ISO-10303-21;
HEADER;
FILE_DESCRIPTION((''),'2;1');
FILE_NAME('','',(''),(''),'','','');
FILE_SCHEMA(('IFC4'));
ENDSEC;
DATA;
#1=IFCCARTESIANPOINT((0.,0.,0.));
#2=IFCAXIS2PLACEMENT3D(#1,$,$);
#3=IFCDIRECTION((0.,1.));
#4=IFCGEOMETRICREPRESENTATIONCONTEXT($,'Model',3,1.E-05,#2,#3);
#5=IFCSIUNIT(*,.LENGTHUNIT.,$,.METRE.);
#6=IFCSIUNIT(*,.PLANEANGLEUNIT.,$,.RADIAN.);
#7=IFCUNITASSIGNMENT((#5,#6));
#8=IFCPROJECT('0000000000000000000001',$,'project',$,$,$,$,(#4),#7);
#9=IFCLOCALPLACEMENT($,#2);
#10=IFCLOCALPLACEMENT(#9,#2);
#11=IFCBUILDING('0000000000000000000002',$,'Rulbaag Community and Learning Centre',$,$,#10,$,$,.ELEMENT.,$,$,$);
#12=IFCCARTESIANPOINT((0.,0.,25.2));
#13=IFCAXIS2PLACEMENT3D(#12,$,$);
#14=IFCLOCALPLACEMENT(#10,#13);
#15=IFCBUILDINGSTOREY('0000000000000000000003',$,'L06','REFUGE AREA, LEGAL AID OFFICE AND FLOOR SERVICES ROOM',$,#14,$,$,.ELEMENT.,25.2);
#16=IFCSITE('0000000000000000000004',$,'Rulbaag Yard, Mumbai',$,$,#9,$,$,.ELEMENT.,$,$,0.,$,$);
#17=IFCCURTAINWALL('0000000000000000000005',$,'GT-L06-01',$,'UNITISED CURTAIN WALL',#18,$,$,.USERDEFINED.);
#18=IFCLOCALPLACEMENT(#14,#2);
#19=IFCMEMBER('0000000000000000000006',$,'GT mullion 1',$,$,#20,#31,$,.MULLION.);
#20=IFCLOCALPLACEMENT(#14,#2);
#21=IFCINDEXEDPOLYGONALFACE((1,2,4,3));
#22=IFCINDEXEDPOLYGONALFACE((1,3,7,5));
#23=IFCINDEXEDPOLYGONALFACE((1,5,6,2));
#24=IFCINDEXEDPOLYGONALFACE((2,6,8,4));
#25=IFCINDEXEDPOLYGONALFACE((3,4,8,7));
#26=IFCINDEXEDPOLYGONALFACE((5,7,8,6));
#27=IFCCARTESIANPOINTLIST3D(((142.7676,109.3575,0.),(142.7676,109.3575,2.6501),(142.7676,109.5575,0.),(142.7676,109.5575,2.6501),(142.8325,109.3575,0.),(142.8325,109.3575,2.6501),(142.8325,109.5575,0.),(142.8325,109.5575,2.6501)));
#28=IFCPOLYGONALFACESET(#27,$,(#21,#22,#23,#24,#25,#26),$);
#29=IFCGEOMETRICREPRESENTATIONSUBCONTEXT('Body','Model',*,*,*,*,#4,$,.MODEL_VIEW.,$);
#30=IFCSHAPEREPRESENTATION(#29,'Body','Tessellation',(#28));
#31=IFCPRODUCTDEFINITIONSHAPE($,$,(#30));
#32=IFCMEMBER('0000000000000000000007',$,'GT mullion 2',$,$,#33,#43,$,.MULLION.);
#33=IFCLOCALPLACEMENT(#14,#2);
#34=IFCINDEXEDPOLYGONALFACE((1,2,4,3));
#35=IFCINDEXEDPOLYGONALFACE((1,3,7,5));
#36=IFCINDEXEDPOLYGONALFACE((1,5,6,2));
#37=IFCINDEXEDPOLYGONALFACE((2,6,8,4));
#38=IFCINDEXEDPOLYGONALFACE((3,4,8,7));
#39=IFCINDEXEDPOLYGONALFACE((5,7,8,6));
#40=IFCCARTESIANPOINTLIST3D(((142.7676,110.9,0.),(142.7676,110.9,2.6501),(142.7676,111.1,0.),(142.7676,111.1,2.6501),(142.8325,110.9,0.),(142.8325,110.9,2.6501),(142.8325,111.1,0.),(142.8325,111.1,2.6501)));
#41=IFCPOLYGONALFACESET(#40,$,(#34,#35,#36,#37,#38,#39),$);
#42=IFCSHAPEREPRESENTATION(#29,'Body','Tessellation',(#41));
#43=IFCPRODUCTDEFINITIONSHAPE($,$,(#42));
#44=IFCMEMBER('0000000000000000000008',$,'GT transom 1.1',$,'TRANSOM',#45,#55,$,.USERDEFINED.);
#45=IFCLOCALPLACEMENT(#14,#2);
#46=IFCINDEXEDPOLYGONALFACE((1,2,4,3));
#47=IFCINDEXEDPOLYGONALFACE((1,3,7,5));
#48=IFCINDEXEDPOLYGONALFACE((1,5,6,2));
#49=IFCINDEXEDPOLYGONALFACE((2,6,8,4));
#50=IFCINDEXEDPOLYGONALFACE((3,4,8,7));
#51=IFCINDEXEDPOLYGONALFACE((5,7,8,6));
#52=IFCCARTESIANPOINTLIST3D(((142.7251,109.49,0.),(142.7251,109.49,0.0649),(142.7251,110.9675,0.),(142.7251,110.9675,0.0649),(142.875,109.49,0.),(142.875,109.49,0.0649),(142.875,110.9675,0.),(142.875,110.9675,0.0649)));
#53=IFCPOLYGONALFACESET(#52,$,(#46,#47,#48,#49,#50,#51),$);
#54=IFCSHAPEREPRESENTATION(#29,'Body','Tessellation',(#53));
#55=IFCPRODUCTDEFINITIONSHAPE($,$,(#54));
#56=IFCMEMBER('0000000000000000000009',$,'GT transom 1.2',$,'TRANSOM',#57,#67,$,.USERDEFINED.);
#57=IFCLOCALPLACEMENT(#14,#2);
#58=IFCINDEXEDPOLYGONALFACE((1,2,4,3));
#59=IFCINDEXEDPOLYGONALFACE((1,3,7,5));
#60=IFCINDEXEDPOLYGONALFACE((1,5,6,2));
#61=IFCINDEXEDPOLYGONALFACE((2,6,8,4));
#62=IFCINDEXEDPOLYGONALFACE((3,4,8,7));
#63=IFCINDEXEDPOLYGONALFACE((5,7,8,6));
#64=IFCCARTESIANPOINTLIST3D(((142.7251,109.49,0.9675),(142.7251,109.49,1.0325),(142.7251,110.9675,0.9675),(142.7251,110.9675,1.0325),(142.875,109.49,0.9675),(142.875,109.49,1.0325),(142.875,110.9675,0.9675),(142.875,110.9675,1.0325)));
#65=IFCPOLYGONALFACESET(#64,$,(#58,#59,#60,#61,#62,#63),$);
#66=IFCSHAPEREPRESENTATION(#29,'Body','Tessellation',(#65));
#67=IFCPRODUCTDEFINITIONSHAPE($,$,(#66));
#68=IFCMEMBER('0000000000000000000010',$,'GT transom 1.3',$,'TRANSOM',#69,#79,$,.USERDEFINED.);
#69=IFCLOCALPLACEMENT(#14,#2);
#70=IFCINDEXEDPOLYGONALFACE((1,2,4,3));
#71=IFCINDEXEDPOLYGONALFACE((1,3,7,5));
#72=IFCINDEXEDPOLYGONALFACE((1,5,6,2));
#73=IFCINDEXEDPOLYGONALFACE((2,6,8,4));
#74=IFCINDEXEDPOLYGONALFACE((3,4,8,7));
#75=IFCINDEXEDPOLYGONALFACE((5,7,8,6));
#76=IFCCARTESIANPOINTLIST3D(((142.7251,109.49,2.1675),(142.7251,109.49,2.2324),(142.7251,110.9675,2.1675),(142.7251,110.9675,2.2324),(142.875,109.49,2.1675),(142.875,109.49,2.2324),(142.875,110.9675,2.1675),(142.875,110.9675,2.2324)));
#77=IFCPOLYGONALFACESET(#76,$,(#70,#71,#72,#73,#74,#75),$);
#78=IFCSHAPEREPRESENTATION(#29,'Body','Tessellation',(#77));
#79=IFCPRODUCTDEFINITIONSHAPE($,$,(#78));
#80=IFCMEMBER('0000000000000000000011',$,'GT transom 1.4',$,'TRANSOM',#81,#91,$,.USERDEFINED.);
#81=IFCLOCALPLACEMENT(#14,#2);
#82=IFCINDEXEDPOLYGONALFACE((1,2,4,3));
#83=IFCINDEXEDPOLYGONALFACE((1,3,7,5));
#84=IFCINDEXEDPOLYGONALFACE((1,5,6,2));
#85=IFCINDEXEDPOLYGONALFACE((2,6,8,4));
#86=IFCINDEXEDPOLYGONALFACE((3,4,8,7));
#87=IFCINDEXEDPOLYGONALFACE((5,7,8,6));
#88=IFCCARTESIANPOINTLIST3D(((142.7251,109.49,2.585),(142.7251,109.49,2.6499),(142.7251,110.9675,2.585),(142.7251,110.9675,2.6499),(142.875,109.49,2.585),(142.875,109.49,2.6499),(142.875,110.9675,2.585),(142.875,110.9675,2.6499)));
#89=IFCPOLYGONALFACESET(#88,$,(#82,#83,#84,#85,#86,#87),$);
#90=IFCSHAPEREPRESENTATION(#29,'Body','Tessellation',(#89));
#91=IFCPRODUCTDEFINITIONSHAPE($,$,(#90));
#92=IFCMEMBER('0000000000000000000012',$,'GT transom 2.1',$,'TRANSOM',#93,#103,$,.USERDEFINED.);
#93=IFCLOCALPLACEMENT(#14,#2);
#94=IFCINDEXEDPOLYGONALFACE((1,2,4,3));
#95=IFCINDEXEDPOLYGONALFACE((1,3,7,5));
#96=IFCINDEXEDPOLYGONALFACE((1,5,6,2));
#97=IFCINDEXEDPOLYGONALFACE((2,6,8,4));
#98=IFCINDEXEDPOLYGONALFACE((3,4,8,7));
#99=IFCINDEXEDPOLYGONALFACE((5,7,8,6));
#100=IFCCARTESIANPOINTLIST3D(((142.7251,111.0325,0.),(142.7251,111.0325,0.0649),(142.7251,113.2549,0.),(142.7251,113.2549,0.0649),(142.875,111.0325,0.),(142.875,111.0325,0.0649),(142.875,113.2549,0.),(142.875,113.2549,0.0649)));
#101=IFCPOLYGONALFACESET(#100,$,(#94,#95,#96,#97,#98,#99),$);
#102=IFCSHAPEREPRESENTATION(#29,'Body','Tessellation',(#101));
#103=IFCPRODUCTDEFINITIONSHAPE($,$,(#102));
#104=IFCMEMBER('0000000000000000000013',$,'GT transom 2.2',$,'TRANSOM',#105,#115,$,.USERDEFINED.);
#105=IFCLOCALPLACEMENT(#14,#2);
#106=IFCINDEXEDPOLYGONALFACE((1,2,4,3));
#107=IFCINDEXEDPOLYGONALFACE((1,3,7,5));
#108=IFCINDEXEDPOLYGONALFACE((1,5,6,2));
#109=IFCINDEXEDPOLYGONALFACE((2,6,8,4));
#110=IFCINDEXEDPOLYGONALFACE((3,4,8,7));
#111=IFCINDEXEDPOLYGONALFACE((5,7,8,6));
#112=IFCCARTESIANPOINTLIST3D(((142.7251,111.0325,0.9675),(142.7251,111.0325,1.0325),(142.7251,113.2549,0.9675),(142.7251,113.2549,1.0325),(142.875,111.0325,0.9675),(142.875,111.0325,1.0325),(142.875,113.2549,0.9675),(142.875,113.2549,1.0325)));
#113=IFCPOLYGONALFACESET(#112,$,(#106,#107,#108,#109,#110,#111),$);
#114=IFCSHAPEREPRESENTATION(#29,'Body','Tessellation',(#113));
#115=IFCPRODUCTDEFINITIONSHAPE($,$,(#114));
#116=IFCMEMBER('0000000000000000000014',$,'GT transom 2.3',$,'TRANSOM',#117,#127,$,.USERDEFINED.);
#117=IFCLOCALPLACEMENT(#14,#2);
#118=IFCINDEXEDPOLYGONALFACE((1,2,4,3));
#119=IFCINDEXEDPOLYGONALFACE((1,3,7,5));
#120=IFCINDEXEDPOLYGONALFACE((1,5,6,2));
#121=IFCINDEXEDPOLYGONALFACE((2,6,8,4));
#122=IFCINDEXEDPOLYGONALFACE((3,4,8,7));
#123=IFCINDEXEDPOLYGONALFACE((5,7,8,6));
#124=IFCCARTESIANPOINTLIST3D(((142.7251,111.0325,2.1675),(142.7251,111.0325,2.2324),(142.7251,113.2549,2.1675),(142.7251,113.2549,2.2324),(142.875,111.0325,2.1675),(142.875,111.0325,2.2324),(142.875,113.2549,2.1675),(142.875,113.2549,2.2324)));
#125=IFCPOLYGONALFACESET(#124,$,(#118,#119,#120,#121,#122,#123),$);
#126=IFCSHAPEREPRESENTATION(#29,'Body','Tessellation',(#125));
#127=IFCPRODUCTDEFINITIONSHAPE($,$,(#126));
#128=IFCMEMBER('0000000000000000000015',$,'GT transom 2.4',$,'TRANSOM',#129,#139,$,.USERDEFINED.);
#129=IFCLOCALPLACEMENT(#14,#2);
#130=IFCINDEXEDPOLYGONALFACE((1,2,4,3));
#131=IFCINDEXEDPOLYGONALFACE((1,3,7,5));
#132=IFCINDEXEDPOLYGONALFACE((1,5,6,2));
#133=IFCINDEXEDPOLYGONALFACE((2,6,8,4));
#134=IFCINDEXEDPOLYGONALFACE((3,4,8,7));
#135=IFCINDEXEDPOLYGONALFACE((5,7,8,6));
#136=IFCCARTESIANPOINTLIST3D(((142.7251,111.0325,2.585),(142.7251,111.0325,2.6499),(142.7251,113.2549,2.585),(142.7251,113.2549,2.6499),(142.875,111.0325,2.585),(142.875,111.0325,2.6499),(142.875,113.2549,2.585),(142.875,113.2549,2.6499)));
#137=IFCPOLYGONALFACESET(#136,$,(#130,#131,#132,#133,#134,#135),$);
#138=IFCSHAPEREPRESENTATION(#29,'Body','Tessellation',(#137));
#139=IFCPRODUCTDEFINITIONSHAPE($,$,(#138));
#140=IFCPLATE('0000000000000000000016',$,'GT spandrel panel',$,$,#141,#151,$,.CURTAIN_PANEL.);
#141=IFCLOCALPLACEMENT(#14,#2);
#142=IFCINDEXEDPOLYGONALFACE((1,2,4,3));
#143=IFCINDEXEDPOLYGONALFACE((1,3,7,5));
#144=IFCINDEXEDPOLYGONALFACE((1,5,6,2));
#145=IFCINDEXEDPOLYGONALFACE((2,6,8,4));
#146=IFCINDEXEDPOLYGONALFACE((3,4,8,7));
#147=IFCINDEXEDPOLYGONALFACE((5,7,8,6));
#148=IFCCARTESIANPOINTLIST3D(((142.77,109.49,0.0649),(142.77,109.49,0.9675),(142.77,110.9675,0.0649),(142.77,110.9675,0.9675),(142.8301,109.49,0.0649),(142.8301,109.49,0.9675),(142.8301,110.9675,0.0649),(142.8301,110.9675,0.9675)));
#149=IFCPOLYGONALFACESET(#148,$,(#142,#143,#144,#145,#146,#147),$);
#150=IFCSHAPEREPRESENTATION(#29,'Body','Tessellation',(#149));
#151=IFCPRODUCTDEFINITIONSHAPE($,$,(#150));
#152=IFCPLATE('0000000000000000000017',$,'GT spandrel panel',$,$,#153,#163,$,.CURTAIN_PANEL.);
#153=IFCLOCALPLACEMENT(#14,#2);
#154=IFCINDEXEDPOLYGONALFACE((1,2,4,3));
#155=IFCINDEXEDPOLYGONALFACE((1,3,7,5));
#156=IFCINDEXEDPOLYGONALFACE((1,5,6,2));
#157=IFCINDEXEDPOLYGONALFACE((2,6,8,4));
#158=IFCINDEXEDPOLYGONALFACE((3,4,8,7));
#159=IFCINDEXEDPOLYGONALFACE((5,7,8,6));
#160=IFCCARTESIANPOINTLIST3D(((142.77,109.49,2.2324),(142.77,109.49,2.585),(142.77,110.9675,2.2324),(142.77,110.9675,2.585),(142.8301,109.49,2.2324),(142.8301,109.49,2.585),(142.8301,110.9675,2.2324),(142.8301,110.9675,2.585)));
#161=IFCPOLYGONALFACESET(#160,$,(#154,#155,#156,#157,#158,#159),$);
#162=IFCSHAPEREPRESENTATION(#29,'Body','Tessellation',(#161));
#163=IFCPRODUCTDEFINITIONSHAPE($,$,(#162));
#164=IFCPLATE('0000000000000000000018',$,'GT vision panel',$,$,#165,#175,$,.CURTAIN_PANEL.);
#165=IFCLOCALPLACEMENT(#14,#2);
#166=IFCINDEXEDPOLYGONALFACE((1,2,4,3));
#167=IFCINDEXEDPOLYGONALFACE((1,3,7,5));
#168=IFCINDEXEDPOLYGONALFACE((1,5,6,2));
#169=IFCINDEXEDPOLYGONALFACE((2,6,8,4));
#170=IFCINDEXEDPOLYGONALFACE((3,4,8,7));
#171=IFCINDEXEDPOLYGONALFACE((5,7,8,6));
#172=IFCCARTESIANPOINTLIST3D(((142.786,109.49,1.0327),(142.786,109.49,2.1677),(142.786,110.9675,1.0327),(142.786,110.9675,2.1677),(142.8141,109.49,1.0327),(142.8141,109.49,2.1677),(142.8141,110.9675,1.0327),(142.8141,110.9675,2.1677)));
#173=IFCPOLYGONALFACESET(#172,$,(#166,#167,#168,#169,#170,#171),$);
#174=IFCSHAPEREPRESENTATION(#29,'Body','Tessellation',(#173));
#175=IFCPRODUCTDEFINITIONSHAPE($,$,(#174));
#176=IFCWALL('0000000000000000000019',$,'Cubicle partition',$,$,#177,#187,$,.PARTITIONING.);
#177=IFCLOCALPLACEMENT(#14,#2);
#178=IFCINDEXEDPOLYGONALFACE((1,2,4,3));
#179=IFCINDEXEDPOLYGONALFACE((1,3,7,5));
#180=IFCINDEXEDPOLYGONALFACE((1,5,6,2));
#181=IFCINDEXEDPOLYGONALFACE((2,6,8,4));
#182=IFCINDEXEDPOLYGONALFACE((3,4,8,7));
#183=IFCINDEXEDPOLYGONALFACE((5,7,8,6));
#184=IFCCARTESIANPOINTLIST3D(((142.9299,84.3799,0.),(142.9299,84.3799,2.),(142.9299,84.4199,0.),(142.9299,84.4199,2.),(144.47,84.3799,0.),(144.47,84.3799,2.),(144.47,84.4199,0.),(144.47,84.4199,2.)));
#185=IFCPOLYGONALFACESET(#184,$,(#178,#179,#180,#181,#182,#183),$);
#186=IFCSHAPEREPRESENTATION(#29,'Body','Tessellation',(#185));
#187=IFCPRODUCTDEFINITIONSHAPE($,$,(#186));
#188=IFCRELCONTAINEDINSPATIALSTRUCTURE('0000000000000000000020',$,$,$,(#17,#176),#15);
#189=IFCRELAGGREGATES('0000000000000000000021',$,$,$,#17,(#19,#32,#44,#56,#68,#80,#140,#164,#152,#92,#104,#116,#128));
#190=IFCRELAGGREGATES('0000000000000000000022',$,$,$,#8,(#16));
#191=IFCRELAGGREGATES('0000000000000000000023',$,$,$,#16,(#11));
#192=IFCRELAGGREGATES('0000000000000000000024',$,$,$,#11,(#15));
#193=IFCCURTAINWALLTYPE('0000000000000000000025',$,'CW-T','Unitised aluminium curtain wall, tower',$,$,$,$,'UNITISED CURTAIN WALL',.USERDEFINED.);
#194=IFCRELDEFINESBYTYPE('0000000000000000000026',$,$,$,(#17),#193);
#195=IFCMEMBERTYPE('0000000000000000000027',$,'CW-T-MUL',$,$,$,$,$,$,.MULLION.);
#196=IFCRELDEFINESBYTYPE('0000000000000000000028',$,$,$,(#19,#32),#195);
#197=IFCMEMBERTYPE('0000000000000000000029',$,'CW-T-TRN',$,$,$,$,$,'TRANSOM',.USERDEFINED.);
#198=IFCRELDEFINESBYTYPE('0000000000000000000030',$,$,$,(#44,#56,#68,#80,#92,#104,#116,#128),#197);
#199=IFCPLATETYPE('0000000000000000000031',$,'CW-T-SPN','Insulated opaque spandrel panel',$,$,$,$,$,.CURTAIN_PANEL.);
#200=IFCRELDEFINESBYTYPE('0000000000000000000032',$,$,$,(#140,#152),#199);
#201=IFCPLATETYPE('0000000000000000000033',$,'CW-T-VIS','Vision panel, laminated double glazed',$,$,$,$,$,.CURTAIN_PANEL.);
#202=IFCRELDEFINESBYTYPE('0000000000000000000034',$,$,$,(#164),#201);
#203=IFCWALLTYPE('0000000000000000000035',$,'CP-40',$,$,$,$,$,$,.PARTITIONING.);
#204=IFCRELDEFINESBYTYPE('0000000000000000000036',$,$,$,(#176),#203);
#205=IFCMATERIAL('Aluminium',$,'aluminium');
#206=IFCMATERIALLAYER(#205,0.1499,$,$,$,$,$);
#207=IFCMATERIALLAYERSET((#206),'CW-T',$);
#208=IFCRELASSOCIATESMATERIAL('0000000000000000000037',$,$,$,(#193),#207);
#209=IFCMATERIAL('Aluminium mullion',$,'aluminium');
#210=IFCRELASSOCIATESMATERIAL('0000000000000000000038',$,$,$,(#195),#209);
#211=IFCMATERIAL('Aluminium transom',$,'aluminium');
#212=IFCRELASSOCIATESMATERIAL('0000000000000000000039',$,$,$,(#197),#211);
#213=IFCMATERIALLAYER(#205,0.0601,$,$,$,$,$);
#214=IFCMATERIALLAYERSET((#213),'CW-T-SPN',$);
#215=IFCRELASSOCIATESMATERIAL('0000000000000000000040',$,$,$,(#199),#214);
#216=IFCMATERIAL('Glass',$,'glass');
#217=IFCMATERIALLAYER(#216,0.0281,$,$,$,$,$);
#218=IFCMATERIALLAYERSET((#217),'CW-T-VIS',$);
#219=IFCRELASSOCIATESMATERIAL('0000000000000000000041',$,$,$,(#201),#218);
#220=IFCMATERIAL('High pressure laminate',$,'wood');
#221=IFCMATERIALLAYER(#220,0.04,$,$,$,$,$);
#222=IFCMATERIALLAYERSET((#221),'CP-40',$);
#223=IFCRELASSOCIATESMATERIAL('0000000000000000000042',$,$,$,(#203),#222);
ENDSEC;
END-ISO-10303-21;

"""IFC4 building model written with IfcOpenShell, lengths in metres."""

from ifc_helpers import new_model, si_unit, direction, frame, frame_2d, origin, origin_2d, place, context, subcontext, project, spatial, rectangle, extrude, material, layer, layer_set, material_profile, profile_set, type_object, element, aggregate, save


model = new_model("IFC4")

# Units and contexts
model_context = context("Model", 3, precision=1e-05, world=origin(), true_north=direction((0.0, 1.0)))
body_context = subcontext(model_context, "Body", "Model", "MODEL_VIEW")
ifc_project = project(units=[si_unit("LENGTHUNIT", "METRE"), si_unit("PLANEANGLEUNIT", "RADIAN")], contexts=[model_context])

# Site, building, storey
site_placement = place(None, origin())
site = spatial("IfcSite", under=ifc_project, at=site_placement, Name="Rulbaag Yard, Mumbai", CompositionType="ELEMENT", RefElevation=0.0)
building_placement = place(site_placement, origin())
building = spatial("IfcBuilding", under=site, at=building_placement, Name="Rulbaag Community and Learning Centre", CompositionType="ELEMENT")
storey_placement = place(building_placement, frame((0.0, 0.0, 25.2)))
storey = spatial("IfcBuildingStorey", under=building, at=storey_placement, Name="L06", Description="REFUGE AREA, LEGAL AID OFFICE AND FLOOR SERVICES ROOM", CompositionType="ELEMENT", Elevation=25.2)

# Curtain wall, members, plates
ifc_material_1 = material(Name="Aluminium", Category="aluminium")
ifc_layer_1 = layer(ifc_material_1, 0.1499)
ifc_layer_set_1 = layer_set([ifc_layer_1], Name="CW-T")
curtain_wall_type = type_object("IfcCurtainWallType", Name="CW-T", Description="Unitised aluminium curtain wall, tower", ElementType="UNITISED CURTAIN WALL", PredefinedType="USERDEFINED", material=ifc_layer_set_1)
curtain_wall_placement = place(storey_placement, origin())
curtain_wall = element("IfcCurtainWall", 1, at=curtain_wall_placement, inside=storey, type_object=curtain_wall_type, Name="GT-L06-01", ObjectType="UNITISED CURTAIN WALL", PredefinedType="USERDEFINED")
ifc_material_2 = material(Name="Aluminium mullion", Category="aluminium")
ifc_material_profile_1 = material_profile(ifc_material_2, rectangle(XDim=0.0649, YDim=0.2, at=origin_2d()), Name="AL 65x200")
ifc_profile_set_1 = profile_set([ifc_material_profile_1], Name="Aluminium mullion")
member_type_1 = type_object("IfcMemberType", Name="CW-T-MUL", PredefinedType="MULLION", material=ifc_profile_set_1)
member_1_placement = place(storey_placement, frame((142.8, 109.4575, 0.0), z_axis=(0.0, 0.0, 1.0), x_axis=(-1.0, 0.0, 0.0)))
member_1 = element("IfcMember", 2, at=member_1_placement, type_object=member_type_1, Name="GT mullion 1", PredefinedType="MULLION", context=body_context, shape_type="SweptSolid", body=[
    extrude(rectangle(XDim=0.0649, YDim=0.2, at=origin_2d()), origin(), (0.0, 0.0, 1.0), 2.6501),
])
member_2_placement = place(storey_placement, frame((142.8, 111.0, 0.0), z_axis=(0.0, 0.0, 1.0), x_axis=(-1.0, 0.0, 0.0)))
member_2 = element("IfcMember", 3, at=member_2_placement, type_object=member_type_1, Name="GT mullion 2", PredefinedType="MULLION", context=body_context, shape_type="SweptSolid", body=[
    extrude(rectangle(XDim=0.0649, YDim=0.2, at=origin_2d()), origin(), (0.0, 0.0, 1.0), 2.6501),
])
ifc_material_3 = material(Name="Aluminium transom", Category="aluminium")
ifc_material_profile_2 = material_profile(ifc_material_3, rectangle(XDim=0.1499, YDim=0.0649, at=origin_2d()), Name="AL 65x150 T")
ifc_profile_set_2 = profile_set([ifc_material_profile_2], Name="Aluminium transom")
member_type_2 = type_object("IfcMemberType", Name="CW-T-TRN", ElementType="TRANSOM", PredefinedType="USERDEFINED", material=ifc_profile_set_2)
member_3_placement = place(storey_placement, frame((142.8, 109.49, 0.0325), z_axis=(0.0, 1.0, 0.0), x_axis=(-1.0, 0.0, 0.0)))
member_3 = element("IfcMember", 4, at=member_3_placement, type_object=member_type_2, Name="GT transom 1.1", ObjectType="TRANSOM", PredefinedType="USERDEFINED", context=body_context, shape_type="SweptSolid", body=[
    extrude(rectangle(XDim=0.1499, YDim=0.0649, at=origin_2d()), origin(), (0.0, 0.0, 1.0), 1.4775),
])
member_4_placement = place(storey_placement, frame((142.8, 109.49, 1.0), z_axis=(0.0, 1.0, 0.0), x_axis=(-1.0, 0.0, 0.0)))
member_4 = element("IfcMember", 5, at=member_4_placement, type_object=member_type_2, Name="GT transom 1.2", ObjectType="TRANSOM", PredefinedType="USERDEFINED", context=body_context, shape_type="SweptSolid", body=[
    extrude(rectangle(XDim=0.1499, YDim=0.0649, at=origin_2d()), origin(), (0.0, 0.0, 1.0), 1.4775),
])
member_5_placement = place(storey_placement, frame((142.8, 109.49, 2.2), z_axis=(0.0, 1.0, 0.0), x_axis=(-1.0, 0.0, 0.0)))
member_5 = element("IfcMember", 6, at=member_5_placement, type_object=member_type_2, Name="GT transom 1.3", ObjectType="TRANSOM", PredefinedType="USERDEFINED", context=body_context, shape_type="SweptSolid", body=[
    extrude(rectangle(XDim=0.1499, YDim=0.0649, at=origin_2d()), origin(), (0.0, 0.0, 1.0), 1.4775),
])
member_6_placement = place(storey_placement, frame((142.8, 109.49, 2.6174), z_axis=(0.0, 1.0, 0.0), x_axis=(-1.0, 0.0, 0.0)))
member_6 = element("IfcMember", 7, at=member_6_placement, type_object=member_type_2, Name="GT transom 1.4", ObjectType="TRANSOM", PredefinedType="USERDEFINED", context=body_context, shape_type="SweptSolid", body=[
    extrude(rectangle(XDim=0.1499, YDim=0.0649, at=origin_2d()), origin(), (0.0, 0.0, 1.0), 1.4775),
])
member_7_placement = place(storey_placement, frame((142.8, 111.0325, 0.0325), z_axis=(0.0, 1.0, 0.0), x_axis=(-1.0, 0.0, 0.0)))
member_7 = element("IfcMember", 8, at=member_7_placement, type_object=member_type_2, Name="GT transom 2.1", ObjectType="TRANSOM", PredefinedType="USERDEFINED", context=body_context, shape_type="SweptSolid", body=[
    extrude(rectangle(XDim=0.1499, YDim=0.0649, at=origin_2d()), origin(), (0.0, 0.0, 1.0), 2.2224),
])
member_8_placement = place(storey_placement, frame((142.8, 111.0325, 1.0), z_axis=(0.0, 1.0, 0.0), x_axis=(-1.0, 0.0, 0.0)))
member_8 = element("IfcMember", 9, at=member_8_placement, type_object=member_type_2, Name="GT transom 2.2", ObjectType="TRANSOM", PredefinedType="USERDEFINED", context=body_context, shape_type="SweptSolid", body=[
    extrude(rectangle(XDim=0.1499, YDim=0.0649, at=origin_2d()), origin(), (0.0, 0.0, 1.0), 2.2224),
])
member_9_placement = place(storey_placement, frame((142.8, 111.0325, 2.2), z_axis=(0.0, 1.0, 0.0), x_axis=(-1.0, 0.0, 0.0)))
member_9 = element("IfcMember", 10, at=member_9_placement, type_object=member_type_2, Name="GT transom 2.3", ObjectType="TRANSOM", PredefinedType="USERDEFINED", context=body_context, shape_type="SweptSolid", body=[
    extrude(rectangle(XDim=0.1499, YDim=0.0649, at=origin_2d()), origin(), (0.0, 0.0, 1.0), 2.2224),
])
member_10_placement = place(storey_placement, frame((142.8, 111.0325, 2.6174), z_axis=(0.0, 1.0, 0.0), x_axis=(-1.0, 0.0, 0.0)))
member_10 = element("IfcMember", 11, at=member_10_placement, type_object=member_type_2, Name="GT transom 2.4", ObjectType="TRANSOM", PredefinedType="USERDEFINED", context=body_context, shape_type="SweptSolid", body=[
    extrude(rectangle(XDim=0.1499, YDim=0.0649, at=origin_2d()), origin(), (0.0, 0.0, 1.0), 2.2224),
])
ifc_layer_2 = layer(ifc_material_1, 0.0601)
ifc_layer_set_2 = layer_set([ifc_layer_2], Name="CW-T-SPN")
plate_type_1 = type_object("IfcPlateType", Name="CW-T-SPN", Description="Insulated opaque spandrel panel", PredefinedType="CURTAIN_PANEL", material=ifc_layer_set_2)
plate_1_placement = place(storey_placement, frame((142.8, 110.2288, 0.0649), z_axis=(0.0, 0.0, 1.0), x_axis=(0.0, 1.0, 0.0)))
plate_1 = element("IfcPlate", 12, at=plate_1_placement, type_object=plate_type_1, Name="GT spandrel panel", PredefinedType="CURTAIN_PANEL", context=body_context, shape_type="SweptSolid", body=[
    extrude(rectangle(XDim=1.4775, YDim=0.0601, at=origin_2d()), origin(), (0.0, 0.0, 1.0), 0.9026),
])
plate_2_placement = place(storey_placement, frame((142.8, 110.2288, 2.2324), z_axis=(0.0, 0.0, 1.0), x_axis=(0.0, 1.0, 0.0)))
plate_2 = element("IfcPlate", 13, at=plate_2_placement, type_object=plate_type_1, Name="GT spandrel panel", PredefinedType="CURTAIN_PANEL", context=body_context, shape_type="SweptSolid", body=[
    extrude(rectangle(XDim=1.4775, YDim=0.0601, at=origin_2d()), origin(), (0.0, 0.0, 1.0), 0.3525),
])
ifc_material_4 = material(Name="Glass", Category="glass")
ifc_layer_3 = layer(ifc_material_4, 0.0281)
ifc_layer_set_3 = layer_set([ifc_layer_3], Name="CW-T-VIS")
plate_type_2 = type_object("IfcPlateType", Name="CW-T-VIS", Description="Vision panel, laminated double glazed", PredefinedType="CURTAIN_PANEL", material=ifc_layer_set_3)
plate_3_placement = place(storey_placement, frame((142.8, 110.2288, 1.0327), z_axis=(0.0, 0.0, 1.0), x_axis=(0.0, 1.0, 0.0)))
plate_3 = element("IfcPlate", 14, at=plate_3_placement, type_object=plate_type_2, Name="GT vision panel", PredefinedType="CURTAIN_PANEL", context=body_context, shape_type="SweptSolid", body=[
    extrude(rectangle(XDim=1.4775, YDim=0.0281, at=origin_2d()), origin(), (0.0, 0.0, 1.0), 1.135),
])
aggregate(curtain_wall, [member_1, member_2, member_3, member_4, member_5, member_6, plate_1, plate_3, plate_2, member_7, member_8, member_9, member_10])

# Wall
ifc_material_5 = material(Name="High pressure laminate", Category="wood")
ifc_layer_4 = layer(ifc_material_5, 0.04)
ifc_layer_set_4 = layer_set([ifc_layer_4], Name="CP-40")
wall_type_1 = type_object("IfcWallType", Name="CP-40", PredefinedType="PARTITIONING", material=ifc_layer_set_4)
wall_1_placement = place(storey_placement, frame((142.9299, 84.3999, 0.0), z_axis=(0.0, 0.0, 1.0), x_axis=(1.0, 0.0, 0.0)))
element("IfcWall", 15, at=wall_1_placement, inside=storey, type_object=wall_type_1, Name="Cubicle partition", PredefinedType="PARTITIONING", context=body_context, shape_type="SweptSolid", body=[
    extrude(rectangle(XDim=1.54, YDim=0.04, at=frame_2d((0.77, 0.0))), origin(), (0.0, 0.0, 1.0), 2.0),
])

save(model, "model.ifc")
